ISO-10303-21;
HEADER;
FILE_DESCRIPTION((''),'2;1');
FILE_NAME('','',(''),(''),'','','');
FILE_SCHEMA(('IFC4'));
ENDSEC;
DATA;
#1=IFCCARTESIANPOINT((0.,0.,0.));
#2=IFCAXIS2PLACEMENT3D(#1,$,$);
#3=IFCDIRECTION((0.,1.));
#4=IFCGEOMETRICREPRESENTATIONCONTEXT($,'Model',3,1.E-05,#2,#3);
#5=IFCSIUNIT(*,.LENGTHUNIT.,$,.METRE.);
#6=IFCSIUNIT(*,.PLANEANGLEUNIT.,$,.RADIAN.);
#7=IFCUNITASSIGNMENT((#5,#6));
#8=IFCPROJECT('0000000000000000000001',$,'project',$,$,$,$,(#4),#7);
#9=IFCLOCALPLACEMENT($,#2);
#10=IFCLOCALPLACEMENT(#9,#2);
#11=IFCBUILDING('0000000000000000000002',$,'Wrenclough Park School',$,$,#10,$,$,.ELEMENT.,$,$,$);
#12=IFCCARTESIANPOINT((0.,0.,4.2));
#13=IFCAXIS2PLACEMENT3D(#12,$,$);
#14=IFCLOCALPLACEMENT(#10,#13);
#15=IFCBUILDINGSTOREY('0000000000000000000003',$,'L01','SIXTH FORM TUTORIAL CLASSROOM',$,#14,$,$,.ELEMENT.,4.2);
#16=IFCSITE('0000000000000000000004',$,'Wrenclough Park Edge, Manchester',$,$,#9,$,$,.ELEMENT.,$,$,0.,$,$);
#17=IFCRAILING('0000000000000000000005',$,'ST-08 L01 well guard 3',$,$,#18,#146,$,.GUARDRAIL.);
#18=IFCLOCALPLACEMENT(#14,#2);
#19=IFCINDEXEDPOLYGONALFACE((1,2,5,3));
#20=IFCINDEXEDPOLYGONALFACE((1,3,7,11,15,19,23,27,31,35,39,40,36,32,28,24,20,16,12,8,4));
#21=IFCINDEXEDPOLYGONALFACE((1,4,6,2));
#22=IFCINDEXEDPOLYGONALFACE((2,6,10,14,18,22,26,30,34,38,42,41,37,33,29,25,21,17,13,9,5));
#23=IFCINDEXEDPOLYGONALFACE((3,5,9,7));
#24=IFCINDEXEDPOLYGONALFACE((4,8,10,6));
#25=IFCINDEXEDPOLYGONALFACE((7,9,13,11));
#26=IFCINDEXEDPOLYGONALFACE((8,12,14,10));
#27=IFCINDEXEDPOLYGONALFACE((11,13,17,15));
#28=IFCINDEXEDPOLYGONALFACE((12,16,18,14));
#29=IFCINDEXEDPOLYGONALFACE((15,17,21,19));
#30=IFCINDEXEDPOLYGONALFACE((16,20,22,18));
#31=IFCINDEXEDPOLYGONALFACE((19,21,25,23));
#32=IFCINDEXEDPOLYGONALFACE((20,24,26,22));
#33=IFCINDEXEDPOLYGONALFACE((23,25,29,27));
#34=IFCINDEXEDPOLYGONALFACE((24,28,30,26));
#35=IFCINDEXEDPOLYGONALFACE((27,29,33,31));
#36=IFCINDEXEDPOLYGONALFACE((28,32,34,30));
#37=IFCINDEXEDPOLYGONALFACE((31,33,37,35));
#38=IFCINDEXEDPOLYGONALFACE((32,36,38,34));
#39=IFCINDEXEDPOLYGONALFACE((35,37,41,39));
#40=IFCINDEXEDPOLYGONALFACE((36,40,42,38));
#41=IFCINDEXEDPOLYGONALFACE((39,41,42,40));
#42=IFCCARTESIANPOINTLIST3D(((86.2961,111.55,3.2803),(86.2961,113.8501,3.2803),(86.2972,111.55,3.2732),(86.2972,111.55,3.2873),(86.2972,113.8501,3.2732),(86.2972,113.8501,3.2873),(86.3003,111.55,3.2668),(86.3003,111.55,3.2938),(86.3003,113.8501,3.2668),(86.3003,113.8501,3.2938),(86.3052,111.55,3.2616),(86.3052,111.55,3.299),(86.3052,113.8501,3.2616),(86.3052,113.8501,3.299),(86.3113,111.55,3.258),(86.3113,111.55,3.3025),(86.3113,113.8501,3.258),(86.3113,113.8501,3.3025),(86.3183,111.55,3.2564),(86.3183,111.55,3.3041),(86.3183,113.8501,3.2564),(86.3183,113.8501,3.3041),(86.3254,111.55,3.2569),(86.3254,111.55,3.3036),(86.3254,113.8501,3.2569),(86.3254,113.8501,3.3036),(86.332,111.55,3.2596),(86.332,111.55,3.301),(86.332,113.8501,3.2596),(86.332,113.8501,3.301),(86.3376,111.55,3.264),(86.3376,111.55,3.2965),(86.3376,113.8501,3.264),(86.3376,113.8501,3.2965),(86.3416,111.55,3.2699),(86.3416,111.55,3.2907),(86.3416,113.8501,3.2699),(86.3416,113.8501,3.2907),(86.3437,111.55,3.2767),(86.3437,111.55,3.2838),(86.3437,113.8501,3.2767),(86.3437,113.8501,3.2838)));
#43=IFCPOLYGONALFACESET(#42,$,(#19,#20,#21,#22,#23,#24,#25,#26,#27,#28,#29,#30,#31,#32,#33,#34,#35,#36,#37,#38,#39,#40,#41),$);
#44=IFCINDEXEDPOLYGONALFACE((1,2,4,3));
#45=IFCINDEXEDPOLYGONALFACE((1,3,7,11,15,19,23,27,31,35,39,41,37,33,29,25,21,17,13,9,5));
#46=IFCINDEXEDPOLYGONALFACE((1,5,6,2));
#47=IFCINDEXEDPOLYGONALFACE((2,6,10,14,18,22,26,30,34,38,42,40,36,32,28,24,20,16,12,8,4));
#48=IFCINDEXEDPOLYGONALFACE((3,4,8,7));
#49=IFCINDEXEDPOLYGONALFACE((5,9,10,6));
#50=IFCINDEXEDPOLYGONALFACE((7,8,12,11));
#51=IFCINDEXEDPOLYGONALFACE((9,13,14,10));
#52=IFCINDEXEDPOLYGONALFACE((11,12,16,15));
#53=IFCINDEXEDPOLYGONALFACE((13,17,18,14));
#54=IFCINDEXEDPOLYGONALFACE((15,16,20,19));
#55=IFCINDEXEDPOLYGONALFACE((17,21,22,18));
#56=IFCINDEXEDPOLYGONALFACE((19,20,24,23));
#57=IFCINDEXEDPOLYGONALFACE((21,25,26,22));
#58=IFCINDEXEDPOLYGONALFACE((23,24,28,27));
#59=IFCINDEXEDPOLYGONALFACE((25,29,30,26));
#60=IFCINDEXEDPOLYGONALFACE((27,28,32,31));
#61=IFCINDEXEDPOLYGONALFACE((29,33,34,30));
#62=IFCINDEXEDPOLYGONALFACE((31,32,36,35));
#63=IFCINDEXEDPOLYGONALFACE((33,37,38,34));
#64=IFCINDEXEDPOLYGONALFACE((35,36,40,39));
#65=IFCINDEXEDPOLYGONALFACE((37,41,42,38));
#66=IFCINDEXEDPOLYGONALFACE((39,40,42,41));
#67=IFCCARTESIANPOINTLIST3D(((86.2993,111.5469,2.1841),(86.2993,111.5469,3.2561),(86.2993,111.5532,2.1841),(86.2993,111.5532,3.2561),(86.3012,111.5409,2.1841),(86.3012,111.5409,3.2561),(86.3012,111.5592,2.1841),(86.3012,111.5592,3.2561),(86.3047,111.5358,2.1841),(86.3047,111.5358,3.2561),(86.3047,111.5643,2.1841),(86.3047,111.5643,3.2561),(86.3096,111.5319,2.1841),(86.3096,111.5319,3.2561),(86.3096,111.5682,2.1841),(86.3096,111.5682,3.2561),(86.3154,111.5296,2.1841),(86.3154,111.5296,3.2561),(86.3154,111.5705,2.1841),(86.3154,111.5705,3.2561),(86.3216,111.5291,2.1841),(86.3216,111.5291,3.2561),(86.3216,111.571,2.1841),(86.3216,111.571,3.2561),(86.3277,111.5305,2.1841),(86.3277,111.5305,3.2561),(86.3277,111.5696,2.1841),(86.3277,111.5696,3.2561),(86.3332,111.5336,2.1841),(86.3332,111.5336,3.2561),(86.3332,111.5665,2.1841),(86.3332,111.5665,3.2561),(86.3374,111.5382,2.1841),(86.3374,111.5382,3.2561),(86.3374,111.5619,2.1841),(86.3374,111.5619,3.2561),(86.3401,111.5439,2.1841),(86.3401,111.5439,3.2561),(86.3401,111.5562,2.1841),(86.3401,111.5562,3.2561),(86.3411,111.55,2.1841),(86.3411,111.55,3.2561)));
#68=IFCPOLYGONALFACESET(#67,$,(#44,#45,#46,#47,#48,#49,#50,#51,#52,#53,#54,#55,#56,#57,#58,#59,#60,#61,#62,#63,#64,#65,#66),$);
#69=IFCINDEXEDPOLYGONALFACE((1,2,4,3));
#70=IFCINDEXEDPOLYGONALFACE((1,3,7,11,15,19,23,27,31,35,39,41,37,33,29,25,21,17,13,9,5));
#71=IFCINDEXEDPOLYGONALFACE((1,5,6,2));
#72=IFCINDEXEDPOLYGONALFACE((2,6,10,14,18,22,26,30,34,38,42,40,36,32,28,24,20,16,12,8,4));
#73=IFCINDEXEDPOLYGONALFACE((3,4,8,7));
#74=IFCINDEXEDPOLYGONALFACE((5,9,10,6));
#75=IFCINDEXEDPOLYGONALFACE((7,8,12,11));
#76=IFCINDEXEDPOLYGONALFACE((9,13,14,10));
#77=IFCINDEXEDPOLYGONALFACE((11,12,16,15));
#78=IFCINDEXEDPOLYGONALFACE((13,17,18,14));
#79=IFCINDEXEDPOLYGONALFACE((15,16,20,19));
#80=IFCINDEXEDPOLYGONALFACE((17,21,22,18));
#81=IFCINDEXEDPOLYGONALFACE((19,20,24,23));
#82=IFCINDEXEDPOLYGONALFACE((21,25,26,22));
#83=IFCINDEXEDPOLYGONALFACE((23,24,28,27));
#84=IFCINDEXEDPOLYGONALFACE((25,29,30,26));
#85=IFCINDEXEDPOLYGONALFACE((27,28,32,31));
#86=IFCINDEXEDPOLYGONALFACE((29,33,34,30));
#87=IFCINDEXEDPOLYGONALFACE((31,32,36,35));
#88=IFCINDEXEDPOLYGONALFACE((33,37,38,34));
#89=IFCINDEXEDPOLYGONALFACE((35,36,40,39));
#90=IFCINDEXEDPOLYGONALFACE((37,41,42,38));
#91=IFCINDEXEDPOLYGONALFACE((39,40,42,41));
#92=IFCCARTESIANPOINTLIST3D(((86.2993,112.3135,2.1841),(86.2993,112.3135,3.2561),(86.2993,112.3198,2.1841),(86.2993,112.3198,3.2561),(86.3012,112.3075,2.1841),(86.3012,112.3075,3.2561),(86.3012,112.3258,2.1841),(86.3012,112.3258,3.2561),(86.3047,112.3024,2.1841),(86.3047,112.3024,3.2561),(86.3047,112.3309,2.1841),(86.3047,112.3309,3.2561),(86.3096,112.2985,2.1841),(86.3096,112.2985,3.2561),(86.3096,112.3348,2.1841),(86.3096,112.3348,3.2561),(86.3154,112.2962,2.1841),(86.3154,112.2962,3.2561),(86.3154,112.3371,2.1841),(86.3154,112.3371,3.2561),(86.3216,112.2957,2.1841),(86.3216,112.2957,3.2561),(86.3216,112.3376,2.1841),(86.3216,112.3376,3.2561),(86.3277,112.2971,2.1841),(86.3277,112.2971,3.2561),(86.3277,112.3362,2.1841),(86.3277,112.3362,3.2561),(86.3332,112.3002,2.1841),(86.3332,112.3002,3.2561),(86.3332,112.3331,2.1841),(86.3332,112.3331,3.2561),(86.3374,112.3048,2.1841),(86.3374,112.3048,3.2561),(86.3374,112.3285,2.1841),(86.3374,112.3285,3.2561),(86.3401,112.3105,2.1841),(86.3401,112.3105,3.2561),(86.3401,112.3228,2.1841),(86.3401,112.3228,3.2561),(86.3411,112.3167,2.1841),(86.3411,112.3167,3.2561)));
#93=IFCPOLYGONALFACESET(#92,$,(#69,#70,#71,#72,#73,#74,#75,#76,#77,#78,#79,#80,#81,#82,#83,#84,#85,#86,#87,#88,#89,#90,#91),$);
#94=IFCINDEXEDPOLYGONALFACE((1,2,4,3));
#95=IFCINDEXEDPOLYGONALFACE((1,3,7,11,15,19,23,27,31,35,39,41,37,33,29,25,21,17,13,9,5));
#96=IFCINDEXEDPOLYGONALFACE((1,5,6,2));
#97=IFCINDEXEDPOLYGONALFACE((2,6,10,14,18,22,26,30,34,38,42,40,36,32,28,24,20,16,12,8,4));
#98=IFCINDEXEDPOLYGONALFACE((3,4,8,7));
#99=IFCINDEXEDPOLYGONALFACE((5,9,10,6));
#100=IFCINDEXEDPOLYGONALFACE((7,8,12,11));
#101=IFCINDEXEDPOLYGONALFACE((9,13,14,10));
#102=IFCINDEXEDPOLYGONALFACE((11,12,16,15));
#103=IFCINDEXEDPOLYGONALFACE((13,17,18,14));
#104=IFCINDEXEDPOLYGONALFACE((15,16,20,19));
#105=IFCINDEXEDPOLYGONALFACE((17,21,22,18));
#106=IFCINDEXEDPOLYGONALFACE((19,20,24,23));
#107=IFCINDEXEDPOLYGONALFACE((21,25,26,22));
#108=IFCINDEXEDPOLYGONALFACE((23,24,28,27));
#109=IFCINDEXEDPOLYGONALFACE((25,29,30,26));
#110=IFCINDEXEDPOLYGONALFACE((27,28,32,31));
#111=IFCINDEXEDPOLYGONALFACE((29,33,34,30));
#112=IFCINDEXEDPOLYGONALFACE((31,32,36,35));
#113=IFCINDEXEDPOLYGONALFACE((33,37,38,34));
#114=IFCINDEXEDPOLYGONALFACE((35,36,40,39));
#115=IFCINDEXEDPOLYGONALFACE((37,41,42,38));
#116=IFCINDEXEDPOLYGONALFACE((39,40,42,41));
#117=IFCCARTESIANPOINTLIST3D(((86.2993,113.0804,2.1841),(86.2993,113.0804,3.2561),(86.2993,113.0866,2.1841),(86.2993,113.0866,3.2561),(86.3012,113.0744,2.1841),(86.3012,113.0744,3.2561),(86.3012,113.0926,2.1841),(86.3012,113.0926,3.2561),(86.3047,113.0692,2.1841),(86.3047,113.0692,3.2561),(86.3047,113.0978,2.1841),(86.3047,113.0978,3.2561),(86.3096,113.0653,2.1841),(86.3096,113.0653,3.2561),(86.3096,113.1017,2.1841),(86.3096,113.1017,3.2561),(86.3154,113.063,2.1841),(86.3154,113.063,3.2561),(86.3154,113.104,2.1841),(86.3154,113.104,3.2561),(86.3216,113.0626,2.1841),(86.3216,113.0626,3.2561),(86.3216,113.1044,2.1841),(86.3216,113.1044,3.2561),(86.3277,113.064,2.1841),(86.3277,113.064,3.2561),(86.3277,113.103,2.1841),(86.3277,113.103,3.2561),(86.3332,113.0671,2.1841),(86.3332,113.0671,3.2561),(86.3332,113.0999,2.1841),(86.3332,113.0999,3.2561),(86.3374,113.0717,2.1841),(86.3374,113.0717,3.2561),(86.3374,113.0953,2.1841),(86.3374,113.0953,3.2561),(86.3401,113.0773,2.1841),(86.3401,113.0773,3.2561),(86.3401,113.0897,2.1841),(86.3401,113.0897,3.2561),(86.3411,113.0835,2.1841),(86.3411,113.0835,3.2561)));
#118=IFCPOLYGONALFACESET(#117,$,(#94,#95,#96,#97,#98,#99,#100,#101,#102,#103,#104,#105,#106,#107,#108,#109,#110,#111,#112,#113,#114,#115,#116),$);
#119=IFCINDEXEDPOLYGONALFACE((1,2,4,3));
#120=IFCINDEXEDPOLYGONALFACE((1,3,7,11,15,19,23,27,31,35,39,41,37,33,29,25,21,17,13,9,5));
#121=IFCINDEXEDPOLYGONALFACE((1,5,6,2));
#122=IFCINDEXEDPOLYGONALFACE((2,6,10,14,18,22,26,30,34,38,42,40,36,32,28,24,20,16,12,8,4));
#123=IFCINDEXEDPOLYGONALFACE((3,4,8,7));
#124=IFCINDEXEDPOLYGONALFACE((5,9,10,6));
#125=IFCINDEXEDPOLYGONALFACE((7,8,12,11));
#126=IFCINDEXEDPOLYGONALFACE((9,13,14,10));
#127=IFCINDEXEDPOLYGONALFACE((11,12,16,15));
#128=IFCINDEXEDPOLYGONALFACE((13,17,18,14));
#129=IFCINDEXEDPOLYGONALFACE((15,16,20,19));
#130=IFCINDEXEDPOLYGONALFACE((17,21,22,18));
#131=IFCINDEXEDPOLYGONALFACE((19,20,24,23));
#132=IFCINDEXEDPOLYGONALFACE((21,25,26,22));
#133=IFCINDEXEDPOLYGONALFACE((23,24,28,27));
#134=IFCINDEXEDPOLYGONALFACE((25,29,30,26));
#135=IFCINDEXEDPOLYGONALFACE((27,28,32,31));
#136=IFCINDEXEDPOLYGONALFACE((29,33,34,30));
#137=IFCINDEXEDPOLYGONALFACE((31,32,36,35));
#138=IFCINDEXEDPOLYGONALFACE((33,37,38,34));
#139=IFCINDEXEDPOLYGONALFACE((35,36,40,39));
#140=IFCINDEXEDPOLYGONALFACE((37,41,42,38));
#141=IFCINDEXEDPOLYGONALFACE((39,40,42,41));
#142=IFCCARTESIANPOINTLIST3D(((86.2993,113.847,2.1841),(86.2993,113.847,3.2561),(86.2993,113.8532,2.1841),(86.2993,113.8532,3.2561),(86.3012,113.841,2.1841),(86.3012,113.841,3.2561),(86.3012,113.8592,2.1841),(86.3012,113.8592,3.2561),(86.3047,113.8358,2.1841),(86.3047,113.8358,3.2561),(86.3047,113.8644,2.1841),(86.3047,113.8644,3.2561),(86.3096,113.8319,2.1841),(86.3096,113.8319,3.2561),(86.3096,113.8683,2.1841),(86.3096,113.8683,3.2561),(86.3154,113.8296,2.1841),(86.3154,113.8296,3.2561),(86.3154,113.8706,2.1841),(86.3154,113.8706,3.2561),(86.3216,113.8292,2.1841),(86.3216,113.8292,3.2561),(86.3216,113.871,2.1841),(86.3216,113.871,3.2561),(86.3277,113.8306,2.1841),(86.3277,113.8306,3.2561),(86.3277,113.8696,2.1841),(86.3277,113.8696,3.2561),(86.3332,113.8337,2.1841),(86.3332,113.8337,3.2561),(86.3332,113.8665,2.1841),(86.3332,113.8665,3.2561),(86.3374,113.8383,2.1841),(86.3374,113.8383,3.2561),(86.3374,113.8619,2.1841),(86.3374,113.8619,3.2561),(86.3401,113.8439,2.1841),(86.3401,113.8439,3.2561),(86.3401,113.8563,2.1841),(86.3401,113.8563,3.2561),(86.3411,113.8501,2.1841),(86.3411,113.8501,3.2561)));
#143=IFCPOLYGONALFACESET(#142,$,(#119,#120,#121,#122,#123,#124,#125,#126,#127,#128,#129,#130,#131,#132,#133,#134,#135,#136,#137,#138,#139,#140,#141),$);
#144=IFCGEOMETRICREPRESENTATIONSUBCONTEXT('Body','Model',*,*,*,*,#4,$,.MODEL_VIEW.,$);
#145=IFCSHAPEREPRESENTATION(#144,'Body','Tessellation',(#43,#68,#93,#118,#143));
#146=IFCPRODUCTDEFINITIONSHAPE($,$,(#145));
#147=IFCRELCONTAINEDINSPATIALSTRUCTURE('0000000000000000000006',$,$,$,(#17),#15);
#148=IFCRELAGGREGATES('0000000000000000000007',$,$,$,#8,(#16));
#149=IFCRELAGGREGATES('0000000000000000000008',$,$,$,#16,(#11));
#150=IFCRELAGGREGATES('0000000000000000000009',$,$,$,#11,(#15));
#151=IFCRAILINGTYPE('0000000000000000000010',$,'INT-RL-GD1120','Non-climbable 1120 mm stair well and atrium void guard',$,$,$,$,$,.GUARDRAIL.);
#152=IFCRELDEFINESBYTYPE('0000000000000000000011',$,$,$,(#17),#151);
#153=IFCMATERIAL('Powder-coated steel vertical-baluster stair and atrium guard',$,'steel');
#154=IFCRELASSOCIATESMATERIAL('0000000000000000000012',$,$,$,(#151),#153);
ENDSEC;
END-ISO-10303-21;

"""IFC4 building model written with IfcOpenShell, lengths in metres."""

from ifc_helpers import new_model, si_unit, direction, frame, origin, origin_2d, place, context, subcontext, project, spatial, circle, extrude, material, type_object, element, save


model = new_model("IFC4")

# Units and contexts
model_context = context("Model", 3, precision=1e-05, world=origin(), true_north=direction((0.0, 1.0)))
body_context = subcontext(model_context, "Body", "Model", "MODEL_VIEW")
ifc_project = project(units=[si_unit("LENGTHUNIT", "METRE"), si_unit("PLANEANGLEUNIT", "RADIAN")], contexts=[model_context])

# Site, building, storey
site_placement = place(None, origin())
site = spatial("IfcSite", under=ifc_project, at=site_placement, Name="Wrenclough Park Edge, Manchester", CompositionType="ELEMENT", RefElevation=0.0)
building_placement = place(site_placement, origin())
building = spatial("IfcBuilding", under=site, at=building_placement, Name="Wrenclough Park School", CompositionType="ELEMENT")
storey_placement = place(building_placement, frame((0.0, 0.0, 4.2)))
storey = spatial("IfcBuildingStorey", under=building, at=storey_placement, Name="L01", Description="SIXTH FORM TUTORIAL CLASSROOM", CompositionType="ELEMENT", Elevation=4.2)

# Railing
ifc_material_1 = material(Name="Powder-coated steel vertical-baluster stair and atrium guard", Category="steel")
railing_type_1 = type_object("IfcRailingType", Name="INT-RL-GD1120", Description="Non-climbable 1120 mm stair well and atrium void guard", PredefinedType="GUARDRAIL", material=ifc_material_1)
railing_1_placement = place(storey_placement, frame((86.3201, 111.55, 2.1841)))
element("IfcRailing", 1, at=railing_1_placement, inside=storey, type_object=railing_type_1, Name="ST-08 L01 well guard 3", PredefinedType="GUARDRAIL", context=body_context, shape_type="SweptSolid", body=[
    extrude(circle(Radius=0.0239, at=origin_2d()), frame((0.0, 0.0, 1.0962), z_axis=(0.0, 1.0, 0.0), x_axis=(-1.0, 0.0, 0.0)), (0.0, 0.0, 1.0), 2.3),
    extrude(circle(Radius=0.021, at=origin_2d()), origin(), (0.0, 0.0, 1.0), 1.072),
    extrude(circle(Radius=0.021, at=origin_2d()), frame((0.0, 0.7666, 0.0)), (0.0, 0.0, 1.0), 1.072),
    extrude(circle(Radius=0.021, at=origin_2d()), frame((0.0, 1.5334, 0.0)), (0.0, 0.0, 1.0), 1.072),
    extrude(circle(Radius=0.021, at=origin_2d()), frame((0.0, 2.3, 0.0)), (0.0, 0.0, 1.0), 1.072),
])

save(model, "model.ifc")
